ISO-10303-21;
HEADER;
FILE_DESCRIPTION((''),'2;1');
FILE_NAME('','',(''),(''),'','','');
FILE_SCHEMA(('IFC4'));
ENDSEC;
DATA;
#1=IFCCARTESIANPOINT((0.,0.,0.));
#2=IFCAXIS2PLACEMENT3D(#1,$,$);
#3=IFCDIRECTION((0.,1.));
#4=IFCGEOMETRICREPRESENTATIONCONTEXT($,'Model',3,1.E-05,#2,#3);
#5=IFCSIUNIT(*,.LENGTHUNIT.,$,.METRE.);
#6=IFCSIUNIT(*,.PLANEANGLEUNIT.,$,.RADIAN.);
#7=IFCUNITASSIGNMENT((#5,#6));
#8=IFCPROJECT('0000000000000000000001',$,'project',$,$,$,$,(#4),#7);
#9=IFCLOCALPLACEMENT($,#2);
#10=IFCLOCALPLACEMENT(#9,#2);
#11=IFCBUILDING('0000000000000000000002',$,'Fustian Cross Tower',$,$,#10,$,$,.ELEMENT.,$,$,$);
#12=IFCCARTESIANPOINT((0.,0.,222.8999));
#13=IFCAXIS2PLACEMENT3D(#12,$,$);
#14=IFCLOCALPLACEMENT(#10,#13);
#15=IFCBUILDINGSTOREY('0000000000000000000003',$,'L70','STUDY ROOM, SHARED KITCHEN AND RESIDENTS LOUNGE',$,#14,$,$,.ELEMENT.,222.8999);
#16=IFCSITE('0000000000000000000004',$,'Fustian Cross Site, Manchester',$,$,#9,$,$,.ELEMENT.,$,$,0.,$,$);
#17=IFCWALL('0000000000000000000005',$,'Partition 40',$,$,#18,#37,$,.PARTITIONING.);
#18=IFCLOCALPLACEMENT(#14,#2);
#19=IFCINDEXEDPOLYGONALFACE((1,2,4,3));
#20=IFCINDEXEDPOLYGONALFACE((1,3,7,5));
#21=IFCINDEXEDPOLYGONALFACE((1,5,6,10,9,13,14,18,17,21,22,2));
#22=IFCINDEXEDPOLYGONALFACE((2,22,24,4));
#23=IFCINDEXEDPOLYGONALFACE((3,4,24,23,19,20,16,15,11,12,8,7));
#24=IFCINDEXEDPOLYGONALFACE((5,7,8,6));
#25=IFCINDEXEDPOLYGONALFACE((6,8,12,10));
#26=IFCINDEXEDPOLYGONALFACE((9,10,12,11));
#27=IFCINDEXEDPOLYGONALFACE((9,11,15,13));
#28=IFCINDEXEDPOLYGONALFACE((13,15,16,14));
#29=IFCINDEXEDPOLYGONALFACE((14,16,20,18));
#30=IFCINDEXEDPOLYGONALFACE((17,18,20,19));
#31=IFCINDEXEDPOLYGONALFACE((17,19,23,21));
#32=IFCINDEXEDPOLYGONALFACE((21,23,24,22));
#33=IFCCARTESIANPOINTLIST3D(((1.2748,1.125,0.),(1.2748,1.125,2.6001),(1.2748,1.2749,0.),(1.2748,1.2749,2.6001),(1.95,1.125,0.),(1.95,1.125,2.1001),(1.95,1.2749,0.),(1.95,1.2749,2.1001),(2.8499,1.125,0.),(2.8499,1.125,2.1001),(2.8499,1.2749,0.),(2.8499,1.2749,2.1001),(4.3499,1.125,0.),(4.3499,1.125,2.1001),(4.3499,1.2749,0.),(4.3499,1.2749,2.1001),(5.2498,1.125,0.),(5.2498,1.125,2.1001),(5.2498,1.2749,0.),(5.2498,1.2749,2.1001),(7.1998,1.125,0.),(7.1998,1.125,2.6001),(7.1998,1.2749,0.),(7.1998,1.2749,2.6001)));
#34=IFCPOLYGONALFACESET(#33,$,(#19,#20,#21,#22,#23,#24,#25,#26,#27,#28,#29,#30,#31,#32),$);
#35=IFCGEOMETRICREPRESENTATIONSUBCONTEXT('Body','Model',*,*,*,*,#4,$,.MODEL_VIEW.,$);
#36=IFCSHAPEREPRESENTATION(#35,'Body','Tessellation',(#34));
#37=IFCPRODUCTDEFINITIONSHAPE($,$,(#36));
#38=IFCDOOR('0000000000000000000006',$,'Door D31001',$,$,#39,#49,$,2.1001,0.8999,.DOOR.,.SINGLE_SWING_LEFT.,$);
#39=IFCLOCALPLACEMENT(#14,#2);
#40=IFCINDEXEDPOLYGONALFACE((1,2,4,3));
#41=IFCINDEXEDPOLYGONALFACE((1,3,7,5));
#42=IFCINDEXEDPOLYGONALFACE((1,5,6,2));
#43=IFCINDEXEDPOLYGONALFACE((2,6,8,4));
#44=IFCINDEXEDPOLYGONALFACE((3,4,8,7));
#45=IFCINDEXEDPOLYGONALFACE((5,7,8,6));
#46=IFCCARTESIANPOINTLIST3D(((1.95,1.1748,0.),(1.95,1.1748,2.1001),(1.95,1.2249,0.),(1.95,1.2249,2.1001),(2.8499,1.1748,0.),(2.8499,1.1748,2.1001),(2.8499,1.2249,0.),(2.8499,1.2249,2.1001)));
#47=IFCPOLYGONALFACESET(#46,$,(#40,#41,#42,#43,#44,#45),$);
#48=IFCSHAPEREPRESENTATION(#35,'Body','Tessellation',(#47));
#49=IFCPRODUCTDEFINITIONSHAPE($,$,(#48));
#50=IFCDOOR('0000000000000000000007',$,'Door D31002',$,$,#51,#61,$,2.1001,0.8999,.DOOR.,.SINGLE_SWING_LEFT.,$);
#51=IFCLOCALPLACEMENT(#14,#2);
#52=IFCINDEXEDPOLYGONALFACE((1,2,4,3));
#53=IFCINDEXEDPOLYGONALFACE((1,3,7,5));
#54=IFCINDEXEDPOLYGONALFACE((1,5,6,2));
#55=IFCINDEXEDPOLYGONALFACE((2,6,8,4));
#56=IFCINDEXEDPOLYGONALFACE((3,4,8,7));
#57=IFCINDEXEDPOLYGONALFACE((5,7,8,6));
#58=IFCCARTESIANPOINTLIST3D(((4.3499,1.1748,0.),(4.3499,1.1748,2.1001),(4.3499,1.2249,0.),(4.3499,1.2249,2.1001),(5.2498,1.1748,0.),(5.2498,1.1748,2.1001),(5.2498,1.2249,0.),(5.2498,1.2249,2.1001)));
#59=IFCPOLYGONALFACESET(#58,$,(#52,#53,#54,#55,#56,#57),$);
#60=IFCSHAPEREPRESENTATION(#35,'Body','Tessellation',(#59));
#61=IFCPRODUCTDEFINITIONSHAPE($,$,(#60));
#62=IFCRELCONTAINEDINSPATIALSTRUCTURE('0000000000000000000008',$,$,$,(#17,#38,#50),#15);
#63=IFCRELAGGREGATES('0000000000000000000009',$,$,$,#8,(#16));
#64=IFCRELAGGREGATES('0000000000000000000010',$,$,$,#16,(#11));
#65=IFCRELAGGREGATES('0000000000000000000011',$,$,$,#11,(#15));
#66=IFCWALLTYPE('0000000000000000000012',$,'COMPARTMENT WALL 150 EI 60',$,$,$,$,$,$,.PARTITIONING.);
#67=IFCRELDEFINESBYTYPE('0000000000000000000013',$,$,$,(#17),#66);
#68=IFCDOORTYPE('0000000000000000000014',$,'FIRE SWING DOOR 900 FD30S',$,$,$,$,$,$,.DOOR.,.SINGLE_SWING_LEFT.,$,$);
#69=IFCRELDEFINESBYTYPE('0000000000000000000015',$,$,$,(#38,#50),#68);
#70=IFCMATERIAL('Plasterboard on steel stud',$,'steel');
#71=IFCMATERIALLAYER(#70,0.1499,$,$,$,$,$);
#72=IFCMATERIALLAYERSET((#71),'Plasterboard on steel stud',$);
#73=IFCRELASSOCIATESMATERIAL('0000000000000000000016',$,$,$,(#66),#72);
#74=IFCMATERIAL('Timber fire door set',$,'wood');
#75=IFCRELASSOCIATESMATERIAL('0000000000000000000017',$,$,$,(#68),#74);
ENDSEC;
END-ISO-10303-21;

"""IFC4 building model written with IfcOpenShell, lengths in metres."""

from ifc_helpers import new_model, si_unit, direction, frame, frame_2d, origin, place, context, subcontext, project, spatial, rectangle, extrude, material, layer, layer_set, type_object, element, fill, save


model = new_model("IFC4")

# Units and contexts
model_context = context("Model", 3, precision=1e-05, world=origin(), true_north=direction((0.0, 1.0)))
body_context = subcontext(model_context, "Body", "Model", "MODEL_VIEW")
ifc_project = project(units=[si_unit("LENGTHUNIT", "METRE"), si_unit("PLANEANGLEUNIT", "RADIAN")], contexts=[model_context])

# Site, building, storey
site_placement = place(None, origin())
site = spatial("IfcSite", under=ifc_project, at=site_placement, Name="Fustian Cross Site, Manchester", CompositionType="ELEMENT", RefElevation=0.0)
building_placement = place(site_placement, origin())
building = spatial("IfcBuilding", under=site, at=building_placement, Name="Fustian Cross Tower", CompositionType="ELEMENT")
storey_placement = place(building_placement, frame((0.0, 0.0, 222.8999)))
storey = spatial("IfcBuildingStorey", under=building, at=storey_placement, Name="L70", Description="STUDY ROOM, SHARED KITCHEN AND RESIDENTS LOUNGE", CompositionType="ELEMENT", Elevation=222.8999)

# Wall, openings, doors
ifc_material_1 = material(Name="Plasterboard on steel stud", Category="steel")
ifc_layer_1 = layer(ifc_material_1, 0.1499)
ifc_layer_set_1 = layer_set([ifc_layer_1], Name="Plasterboard on steel stud")
wall_type_1 = type_object("IfcWallType", Name="COMPARTMENT WALL 150 EI 60", PredefinedType="PARTITIONING", material=ifc_layer_set_1)
ifc_material_2 = material(Name="Timber fire door set", Category="wood")
door_type_1 = type_object("IfcDoorType", Name="FIRE SWING DOOR 900 FD30S", OperationType="SINGLE_SWING_LEFT", PredefinedType="DOOR", material=ifc_material_2)
wall_1_placement = place(storey_placement, frame((1.2749, 1.2, 0.0), z_axis=(0.0, 0.0, 1.0), x_axis=(1.0, 0.0, 0.0)))
wall_1 = element("IfcWall", 1, at=wall_1_placement, inside=storey, type_object=wall_type_1, Name="Partition 40", PredefinedType="PARTITIONING", context=body_context, shape_type="SweptSolid", body=[
    extrude(rectangle(XDim=5.925, YDim=0.1499, at=frame_2d((2.9624, 0.0))), origin(), (0.0, 0.0, 1.0), 2.6001),
])
opening_1_placement = place(wall_1_placement, frame((0.675, 0.0, 0.0)))
opening_1 = element("IfcOpeningElement", 2, at=opening_1_placement, cuts=wall_1, PredefinedType="OPENING", context=body_context, shape_type="SweptSolid", body=[
    extrude(rectangle(XDim=0.8999, YDim=2.1001, at=frame_2d((0.45, 1.05))), frame((0.0, 0.085, 0.0), z_axis=(0.0, -1.0, 0.0), x_axis=(1.0, 0.0, 0.0)), (0.0, 0.0, 1.0), 0.1699),
])
opening_2_placement = place(wall_1_placement, frame((3.075, 0.0, 0.0)))
opening_2 = element("IfcOpeningElement", 3, at=opening_2_placement, cuts=wall_1, PredefinedType="OPENING", context=body_context, shape_type="SweptSolid", body=[
    extrude(rectangle(XDim=0.8999, YDim=2.1001, at=frame_2d((0.45, 1.05))), frame((0.0, 0.085, 0.0), z_axis=(0.0, -1.0, 0.0), x_axis=(1.0, 0.0, 0.0)), (0.0, 0.0, 1.0), 0.1699),
])
door_1_placement = place(opening_1_placement, origin())
door_1 = element("IfcDoor", 4, at=door_1_placement, inside=storey, type_object=door_type_1, Name="Door D31001", OperationType="SINGLE_SWING_LEFT", OverallHeight=2.1001, OverallWidth=0.8999, PredefinedType="DOOR", context=body_context, shape_type="SweptSolid", body=[
    extrude(rectangle(XDim=0.8999, YDim=2.1001, at=frame_2d((0.45, 1.05))), frame((0.0, 0.0249, 0.0), z_axis=(0.0, -1.0, 0.0), x_axis=(1.0, 0.0, 0.0)), (0.0, 0.0, 1.0), 0.05),
])
fill(opening_1, door_1)
door_2_placement = place(opening_2_placement, origin())
door_2 = element("IfcDoor", 5, at=door_2_placement, inside=storey, type_object=door_type_1, Name="Door D31002", OperationType="SINGLE_SWING_LEFT", OverallHeight=2.1001, OverallWidth=0.8999, PredefinedType="DOOR", context=body_context, shape_type="SweptSolid", body=[
    extrude(rectangle(XDim=0.8999, YDim=2.1001, at=frame_2d((0.45, 1.05))), frame((0.0, 0.0249, 0.0), z_axis=(0.0, -1.0, 0.0), x_axis=(1.0, 0.0, 0.0)), (0.0, 0.0, 1.0), 0.05),
])
fill(opening_2, door_2)

save(model, "model.ifc")
